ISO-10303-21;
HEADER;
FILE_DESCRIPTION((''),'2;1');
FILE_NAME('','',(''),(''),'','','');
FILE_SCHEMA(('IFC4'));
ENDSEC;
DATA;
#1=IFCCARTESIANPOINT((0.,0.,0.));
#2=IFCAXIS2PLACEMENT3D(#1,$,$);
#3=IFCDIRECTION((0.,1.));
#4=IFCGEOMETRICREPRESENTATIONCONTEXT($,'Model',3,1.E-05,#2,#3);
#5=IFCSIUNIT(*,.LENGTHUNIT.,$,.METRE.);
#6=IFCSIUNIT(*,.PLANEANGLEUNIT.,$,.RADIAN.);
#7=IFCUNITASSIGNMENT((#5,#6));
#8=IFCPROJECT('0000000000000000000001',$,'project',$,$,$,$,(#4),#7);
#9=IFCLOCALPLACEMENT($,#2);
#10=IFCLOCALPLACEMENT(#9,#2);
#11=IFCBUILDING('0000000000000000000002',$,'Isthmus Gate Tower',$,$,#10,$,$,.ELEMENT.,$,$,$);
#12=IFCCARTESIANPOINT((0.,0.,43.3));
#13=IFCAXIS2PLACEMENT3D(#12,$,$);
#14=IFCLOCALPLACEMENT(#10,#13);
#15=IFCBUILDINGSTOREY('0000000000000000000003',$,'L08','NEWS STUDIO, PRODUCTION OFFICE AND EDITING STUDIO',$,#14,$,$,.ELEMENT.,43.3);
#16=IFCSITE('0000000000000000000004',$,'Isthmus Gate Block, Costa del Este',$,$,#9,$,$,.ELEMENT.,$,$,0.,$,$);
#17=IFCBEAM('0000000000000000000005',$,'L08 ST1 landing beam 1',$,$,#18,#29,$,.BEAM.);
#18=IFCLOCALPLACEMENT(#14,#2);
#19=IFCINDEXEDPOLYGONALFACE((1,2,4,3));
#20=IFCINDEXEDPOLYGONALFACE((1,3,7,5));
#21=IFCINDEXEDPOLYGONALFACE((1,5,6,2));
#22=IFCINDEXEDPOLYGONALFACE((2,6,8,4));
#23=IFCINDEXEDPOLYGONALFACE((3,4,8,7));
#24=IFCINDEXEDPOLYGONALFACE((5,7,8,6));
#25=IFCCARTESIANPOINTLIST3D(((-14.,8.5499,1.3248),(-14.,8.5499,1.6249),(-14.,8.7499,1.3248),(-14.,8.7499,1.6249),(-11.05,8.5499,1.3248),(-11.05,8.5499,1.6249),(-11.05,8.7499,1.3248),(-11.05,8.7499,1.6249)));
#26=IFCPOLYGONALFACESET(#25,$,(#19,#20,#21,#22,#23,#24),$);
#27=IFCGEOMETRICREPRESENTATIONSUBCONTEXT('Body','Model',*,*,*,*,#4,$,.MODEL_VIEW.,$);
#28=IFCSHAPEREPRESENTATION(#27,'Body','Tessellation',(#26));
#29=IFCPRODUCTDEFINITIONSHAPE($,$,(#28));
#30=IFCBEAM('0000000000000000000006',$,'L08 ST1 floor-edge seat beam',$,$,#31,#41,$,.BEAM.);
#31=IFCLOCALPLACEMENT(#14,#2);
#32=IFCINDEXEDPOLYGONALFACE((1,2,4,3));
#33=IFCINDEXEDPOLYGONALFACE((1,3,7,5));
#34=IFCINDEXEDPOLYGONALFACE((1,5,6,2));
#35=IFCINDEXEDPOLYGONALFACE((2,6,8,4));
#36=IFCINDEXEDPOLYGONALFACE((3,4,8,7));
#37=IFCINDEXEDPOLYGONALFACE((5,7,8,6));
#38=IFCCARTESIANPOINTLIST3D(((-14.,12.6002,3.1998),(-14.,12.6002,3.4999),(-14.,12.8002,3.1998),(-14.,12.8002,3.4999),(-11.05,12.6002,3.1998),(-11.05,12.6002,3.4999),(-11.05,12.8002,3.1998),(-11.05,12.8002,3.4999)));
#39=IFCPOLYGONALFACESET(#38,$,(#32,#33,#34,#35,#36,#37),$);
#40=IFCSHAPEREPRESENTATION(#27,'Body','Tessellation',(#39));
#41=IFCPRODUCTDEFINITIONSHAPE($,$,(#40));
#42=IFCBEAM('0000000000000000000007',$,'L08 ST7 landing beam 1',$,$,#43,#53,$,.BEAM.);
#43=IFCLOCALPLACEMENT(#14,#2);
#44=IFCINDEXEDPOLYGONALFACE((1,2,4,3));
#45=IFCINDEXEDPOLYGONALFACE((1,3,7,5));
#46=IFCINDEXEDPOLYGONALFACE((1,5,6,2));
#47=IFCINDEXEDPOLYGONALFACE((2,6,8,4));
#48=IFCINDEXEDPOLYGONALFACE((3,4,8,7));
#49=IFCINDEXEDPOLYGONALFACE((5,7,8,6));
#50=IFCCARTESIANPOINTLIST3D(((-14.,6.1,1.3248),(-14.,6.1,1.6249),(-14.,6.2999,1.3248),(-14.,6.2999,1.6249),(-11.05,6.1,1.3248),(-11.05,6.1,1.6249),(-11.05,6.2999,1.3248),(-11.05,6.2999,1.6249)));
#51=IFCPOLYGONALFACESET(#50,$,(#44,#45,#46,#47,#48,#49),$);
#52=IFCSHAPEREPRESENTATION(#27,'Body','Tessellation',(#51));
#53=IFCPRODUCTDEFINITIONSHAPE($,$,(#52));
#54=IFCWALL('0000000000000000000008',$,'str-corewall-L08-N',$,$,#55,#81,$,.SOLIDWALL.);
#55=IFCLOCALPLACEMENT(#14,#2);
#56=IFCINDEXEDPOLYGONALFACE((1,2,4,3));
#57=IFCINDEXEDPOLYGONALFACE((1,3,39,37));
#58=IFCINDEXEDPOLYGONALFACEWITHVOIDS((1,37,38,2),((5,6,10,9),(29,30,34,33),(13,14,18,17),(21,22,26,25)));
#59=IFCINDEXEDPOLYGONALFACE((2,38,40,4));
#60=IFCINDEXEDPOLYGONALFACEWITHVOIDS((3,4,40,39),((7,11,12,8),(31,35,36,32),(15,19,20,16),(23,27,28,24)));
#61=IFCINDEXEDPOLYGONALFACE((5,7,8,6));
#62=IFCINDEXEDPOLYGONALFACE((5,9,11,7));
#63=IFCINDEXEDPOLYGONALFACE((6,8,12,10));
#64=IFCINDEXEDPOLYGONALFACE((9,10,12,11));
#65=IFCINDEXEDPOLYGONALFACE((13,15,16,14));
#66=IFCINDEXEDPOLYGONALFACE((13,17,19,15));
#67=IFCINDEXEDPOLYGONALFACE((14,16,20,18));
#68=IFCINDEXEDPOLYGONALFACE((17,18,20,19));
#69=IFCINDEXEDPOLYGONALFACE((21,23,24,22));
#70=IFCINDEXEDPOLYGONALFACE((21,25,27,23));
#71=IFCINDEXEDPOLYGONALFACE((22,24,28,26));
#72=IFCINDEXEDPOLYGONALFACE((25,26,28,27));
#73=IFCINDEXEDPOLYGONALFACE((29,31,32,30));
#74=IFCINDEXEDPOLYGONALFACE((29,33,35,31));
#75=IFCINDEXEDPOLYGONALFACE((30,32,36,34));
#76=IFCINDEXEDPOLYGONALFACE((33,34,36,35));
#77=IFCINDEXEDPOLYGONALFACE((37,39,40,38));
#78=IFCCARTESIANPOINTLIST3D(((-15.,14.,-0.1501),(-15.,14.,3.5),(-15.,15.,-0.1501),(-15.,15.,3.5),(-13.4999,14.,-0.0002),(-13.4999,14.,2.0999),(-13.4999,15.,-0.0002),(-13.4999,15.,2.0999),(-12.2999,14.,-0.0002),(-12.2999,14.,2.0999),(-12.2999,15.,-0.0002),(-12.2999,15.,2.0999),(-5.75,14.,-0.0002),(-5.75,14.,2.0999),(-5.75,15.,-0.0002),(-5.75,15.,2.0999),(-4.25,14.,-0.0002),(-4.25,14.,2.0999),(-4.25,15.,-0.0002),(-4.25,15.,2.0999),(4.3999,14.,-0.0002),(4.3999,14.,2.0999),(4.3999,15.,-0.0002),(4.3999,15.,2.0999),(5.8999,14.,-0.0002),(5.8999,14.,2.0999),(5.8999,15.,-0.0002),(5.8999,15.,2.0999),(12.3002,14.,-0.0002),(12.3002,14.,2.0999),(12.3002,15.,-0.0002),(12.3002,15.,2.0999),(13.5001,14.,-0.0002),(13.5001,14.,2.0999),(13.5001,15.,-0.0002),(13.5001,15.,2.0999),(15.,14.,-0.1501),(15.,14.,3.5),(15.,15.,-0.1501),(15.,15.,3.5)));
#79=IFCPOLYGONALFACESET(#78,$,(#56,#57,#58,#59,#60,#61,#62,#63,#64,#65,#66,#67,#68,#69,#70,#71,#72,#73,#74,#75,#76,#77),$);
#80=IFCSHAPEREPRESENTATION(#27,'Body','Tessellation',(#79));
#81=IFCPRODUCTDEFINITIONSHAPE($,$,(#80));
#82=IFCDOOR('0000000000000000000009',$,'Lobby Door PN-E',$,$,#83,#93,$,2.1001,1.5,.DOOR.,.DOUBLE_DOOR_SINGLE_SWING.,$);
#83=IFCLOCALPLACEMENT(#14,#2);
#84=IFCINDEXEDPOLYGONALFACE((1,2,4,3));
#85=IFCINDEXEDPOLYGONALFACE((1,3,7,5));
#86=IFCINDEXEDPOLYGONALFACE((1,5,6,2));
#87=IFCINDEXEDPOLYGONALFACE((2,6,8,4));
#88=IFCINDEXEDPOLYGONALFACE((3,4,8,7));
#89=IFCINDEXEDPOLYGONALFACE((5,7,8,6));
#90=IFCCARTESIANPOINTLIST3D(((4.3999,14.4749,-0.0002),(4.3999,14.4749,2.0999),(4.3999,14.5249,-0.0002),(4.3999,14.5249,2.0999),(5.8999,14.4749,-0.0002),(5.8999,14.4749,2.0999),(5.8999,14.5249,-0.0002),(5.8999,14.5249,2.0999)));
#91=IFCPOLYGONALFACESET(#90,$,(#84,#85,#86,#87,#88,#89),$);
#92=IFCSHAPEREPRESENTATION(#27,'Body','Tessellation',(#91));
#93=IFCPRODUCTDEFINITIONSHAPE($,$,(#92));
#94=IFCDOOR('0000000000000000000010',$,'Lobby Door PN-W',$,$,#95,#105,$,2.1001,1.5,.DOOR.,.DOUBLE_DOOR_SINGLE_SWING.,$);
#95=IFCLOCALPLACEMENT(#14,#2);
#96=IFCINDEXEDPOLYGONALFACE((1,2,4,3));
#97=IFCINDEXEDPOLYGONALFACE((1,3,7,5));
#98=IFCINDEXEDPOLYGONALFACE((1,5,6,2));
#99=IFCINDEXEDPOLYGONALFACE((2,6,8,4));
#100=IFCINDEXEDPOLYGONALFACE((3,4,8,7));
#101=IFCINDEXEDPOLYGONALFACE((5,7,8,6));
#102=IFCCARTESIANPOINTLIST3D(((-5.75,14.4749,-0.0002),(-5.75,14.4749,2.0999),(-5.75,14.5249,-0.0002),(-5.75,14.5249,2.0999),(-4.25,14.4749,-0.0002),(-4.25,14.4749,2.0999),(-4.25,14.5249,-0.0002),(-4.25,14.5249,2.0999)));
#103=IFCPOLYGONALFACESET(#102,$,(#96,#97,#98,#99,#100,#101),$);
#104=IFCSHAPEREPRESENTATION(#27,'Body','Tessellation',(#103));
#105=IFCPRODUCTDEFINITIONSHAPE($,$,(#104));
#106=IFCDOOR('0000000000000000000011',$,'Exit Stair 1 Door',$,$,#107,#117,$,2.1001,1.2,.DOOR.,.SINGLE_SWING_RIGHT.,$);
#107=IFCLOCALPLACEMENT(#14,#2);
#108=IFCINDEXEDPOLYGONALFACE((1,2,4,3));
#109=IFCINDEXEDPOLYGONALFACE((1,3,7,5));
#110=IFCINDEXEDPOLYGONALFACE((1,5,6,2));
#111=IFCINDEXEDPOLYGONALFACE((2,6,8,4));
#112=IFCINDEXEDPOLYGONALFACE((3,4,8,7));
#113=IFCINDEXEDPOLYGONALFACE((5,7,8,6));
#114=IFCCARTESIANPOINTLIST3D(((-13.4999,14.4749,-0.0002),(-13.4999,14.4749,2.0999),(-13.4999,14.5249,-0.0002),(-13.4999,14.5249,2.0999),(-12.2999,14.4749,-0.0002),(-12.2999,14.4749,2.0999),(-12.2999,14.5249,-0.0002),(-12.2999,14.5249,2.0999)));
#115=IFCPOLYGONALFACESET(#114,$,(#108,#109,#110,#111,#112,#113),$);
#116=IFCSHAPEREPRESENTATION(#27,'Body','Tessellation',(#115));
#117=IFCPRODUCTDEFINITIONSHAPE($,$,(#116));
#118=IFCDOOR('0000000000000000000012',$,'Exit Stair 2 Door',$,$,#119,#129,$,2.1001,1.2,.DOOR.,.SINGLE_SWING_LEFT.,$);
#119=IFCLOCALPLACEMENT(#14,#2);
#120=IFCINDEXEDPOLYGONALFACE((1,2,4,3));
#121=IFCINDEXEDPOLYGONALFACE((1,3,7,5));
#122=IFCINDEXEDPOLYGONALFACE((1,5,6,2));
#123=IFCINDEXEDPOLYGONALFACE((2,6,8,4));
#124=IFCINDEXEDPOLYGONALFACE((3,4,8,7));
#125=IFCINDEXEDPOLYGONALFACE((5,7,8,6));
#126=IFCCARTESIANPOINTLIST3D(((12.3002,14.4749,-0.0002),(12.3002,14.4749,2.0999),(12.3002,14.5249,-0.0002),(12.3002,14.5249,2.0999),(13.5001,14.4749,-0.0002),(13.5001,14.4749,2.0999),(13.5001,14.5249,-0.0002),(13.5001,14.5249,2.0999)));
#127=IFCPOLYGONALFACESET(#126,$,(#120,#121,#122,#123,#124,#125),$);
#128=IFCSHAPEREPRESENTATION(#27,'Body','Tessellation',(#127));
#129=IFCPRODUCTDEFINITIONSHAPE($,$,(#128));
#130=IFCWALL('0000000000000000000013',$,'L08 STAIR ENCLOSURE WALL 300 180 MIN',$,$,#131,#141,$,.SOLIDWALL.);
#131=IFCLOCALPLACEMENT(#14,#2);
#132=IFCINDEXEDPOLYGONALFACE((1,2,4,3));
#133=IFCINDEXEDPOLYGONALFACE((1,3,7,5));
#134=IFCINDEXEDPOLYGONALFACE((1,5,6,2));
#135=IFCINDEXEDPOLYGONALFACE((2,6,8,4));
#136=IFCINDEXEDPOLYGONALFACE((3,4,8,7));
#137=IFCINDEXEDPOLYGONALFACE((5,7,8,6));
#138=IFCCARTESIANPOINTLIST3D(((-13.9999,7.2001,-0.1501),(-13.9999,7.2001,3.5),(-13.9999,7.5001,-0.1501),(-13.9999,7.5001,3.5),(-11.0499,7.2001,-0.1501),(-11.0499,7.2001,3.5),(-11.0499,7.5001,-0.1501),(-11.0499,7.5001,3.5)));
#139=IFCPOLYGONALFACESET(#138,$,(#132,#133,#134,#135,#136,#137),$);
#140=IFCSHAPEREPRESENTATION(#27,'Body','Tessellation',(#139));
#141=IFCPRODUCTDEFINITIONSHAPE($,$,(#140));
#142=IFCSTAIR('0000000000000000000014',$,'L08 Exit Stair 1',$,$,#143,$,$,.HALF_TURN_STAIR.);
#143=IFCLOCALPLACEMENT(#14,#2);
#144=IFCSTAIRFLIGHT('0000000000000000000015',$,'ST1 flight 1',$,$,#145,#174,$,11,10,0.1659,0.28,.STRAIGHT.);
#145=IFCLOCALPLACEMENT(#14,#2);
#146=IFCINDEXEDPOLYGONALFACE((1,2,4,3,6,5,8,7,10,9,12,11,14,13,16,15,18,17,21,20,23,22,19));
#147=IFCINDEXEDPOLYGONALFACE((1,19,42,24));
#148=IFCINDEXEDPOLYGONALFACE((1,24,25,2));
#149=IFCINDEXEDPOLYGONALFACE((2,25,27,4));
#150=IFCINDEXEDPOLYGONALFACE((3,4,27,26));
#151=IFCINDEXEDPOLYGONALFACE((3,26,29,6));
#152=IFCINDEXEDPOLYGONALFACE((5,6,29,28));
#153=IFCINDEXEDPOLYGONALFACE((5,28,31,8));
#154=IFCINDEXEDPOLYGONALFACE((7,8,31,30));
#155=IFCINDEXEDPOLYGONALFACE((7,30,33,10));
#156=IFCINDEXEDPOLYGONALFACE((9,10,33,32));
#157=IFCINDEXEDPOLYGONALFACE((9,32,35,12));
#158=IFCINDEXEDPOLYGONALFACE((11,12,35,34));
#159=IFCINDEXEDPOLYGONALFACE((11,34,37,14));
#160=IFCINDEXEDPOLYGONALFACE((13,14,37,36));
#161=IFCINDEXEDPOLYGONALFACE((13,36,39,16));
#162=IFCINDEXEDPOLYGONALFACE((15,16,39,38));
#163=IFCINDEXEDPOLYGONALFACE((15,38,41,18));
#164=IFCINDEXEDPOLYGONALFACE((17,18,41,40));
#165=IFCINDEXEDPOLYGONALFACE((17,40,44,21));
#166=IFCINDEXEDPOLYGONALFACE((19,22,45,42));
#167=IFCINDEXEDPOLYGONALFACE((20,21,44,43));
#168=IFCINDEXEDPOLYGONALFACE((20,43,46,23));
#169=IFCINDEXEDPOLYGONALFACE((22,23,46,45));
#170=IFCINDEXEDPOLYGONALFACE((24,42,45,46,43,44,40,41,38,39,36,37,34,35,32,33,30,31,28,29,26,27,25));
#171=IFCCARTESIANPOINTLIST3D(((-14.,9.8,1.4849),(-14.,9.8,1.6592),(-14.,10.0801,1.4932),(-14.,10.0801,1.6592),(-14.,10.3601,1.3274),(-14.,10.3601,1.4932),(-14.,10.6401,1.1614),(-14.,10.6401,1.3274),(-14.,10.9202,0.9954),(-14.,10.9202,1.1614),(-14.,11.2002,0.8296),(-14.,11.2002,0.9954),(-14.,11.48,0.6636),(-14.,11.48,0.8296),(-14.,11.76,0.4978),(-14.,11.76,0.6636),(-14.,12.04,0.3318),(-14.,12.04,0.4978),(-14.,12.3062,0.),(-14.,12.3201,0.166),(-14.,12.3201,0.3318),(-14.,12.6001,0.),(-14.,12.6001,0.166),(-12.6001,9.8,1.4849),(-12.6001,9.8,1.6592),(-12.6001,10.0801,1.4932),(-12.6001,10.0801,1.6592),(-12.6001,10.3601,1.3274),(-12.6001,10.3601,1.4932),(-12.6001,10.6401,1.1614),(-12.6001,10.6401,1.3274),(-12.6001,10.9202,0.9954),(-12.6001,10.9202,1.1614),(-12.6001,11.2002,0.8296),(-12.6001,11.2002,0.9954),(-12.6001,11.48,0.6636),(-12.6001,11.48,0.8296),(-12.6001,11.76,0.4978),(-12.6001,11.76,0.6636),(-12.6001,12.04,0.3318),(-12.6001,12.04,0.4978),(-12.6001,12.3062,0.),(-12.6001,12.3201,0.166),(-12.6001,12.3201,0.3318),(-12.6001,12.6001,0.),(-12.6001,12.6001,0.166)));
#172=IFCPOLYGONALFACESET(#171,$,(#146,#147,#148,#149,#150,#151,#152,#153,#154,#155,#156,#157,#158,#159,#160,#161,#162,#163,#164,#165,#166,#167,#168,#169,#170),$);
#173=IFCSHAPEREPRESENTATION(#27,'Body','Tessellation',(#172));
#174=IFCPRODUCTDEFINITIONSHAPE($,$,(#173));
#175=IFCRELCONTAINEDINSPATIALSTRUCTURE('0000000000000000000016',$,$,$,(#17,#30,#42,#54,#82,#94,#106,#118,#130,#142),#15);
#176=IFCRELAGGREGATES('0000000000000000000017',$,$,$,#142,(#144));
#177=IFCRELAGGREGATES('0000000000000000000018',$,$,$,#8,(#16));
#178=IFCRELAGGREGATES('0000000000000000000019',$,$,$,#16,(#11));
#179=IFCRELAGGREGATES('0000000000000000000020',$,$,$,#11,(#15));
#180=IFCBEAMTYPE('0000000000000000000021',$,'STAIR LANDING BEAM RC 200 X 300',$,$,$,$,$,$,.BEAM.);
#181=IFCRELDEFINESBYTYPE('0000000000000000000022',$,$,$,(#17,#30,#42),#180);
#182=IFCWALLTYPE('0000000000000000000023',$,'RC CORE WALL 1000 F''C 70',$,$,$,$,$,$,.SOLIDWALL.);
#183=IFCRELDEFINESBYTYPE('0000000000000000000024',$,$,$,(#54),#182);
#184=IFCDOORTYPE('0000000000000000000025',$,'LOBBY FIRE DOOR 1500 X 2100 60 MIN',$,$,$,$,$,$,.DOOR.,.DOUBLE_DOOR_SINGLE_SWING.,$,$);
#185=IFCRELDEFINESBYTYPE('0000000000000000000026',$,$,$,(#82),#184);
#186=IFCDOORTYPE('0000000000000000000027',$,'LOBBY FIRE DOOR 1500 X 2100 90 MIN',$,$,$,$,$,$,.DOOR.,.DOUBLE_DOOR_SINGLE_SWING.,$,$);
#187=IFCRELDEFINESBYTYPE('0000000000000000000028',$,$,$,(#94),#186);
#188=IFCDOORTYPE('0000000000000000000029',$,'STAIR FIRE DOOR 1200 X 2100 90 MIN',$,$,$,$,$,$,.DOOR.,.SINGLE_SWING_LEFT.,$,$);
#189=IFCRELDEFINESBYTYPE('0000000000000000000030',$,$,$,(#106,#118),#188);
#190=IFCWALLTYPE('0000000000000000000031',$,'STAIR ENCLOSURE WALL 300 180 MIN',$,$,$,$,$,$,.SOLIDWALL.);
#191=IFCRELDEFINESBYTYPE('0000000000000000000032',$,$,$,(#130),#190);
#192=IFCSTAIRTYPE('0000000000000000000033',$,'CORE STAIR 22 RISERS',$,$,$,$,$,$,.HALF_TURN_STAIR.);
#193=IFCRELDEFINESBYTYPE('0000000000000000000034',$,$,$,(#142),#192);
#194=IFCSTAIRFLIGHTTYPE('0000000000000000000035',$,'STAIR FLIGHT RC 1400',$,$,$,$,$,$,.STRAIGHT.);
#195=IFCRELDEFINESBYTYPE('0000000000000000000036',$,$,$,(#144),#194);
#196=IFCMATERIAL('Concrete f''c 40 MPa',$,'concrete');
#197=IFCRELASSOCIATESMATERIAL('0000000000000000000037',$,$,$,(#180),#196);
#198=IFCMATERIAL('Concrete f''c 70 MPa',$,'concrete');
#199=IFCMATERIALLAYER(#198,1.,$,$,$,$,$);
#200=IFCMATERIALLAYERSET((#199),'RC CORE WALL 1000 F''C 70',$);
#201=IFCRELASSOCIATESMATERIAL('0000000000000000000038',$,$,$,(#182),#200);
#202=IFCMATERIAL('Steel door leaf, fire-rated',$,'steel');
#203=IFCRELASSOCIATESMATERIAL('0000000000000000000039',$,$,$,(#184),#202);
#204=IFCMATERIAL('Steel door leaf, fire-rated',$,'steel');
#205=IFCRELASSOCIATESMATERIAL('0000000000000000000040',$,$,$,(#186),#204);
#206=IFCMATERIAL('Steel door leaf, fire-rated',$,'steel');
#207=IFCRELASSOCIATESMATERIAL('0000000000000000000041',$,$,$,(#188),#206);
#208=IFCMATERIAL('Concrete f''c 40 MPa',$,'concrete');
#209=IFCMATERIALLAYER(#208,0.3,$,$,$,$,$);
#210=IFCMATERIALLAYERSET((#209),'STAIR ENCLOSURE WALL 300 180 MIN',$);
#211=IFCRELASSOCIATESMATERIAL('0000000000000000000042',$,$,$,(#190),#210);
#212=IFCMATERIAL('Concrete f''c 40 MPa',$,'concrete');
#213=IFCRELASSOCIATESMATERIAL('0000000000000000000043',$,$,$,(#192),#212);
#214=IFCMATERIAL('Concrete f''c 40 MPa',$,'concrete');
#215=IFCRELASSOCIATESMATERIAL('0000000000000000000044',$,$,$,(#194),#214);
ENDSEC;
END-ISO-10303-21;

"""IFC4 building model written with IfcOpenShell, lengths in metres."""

from ifc_helpers import new_model, si_unit, direction, frame, frame_2d, origin, origin_2d, place, context, subcontext, project, spatial, polyline, rectangle, outline, extrude, material, layer, layer_set, material_profile, profile_set, type_object, element, fill, aggregate, save


model = new_model("IFC4")

# Units and contexts
model_context = context("Model", 3, precision=1e-05, world=origin(), true_north=direction((0.0, 1.0)))
body_context = subcontext(model_context, "Body", "Model", "MODEL_VIEW")
ifc_project = project(units=[si_unit("LENGTHUNIT", "METRE"), si_unit("PLANEANGLEUNIT", "RADIAN")], contexts=[model_context])

# Site, building, storey
site_placement = place(None, origin())
site = spatial("IfcSite", under=ifc_project, at=site_placement, Name="Isthmus Gate Block, Costa del Este", CompositionType="ELEMENT", RefElevation=0.0)
building_placement = place(site_placement, origin())
building = spatial("IfcBuilding", under=site, at=building_placement, Name="Isthmus Gate Tower", CompositionType="ELEMENT")
storey_placement = place(building_placement, frame((0.0, 0.0, 43.3)))
storey = spatial("IfcBuildingStorey", under=building, at=storey_placement, Name="L08", Description="NEWS STUDIO, PRODUCTION OFFICE AND EDITING STUDIO", CompositionType="ELEMENT", Elevation=43.3)

# Beams
ifc_material_1 = material(Name="Concrete f'c 40 MPa", Category="concrete")
ifc_material_profile = material_profile(ifc_material_1, rectangle(XDim=0.2, YDim=0.3, at=origin_2d()), Name="STAIR LANDING BEAM RC 200 X 300")
ifc_profile_set = profile_set([ifc_material_profile], Name="Concrete f'c 40 MPa")
beam_type = type_object("IfcBeamType", Name="STAIR LANDING BEAM RC 200 X 300", PredefinedType="BEAM", material=ifc_profile_set)
for number, where, z_axis, x_axis, name in (
    (1, (-14.0, 8.6499, 1.4749), (1.0, 0.0, 0.0), (0.0, 1.0, 0.0), "L08 ST1 landing beam 1"),
    (2, (-14.0, 12.7002, 3.3499), (1.0, 0.0, 0.0), (0.0, 1.0, 0.0), "L08 ST1 floor-edge seat beam"),
    (3, (-14.0, 6.2, 1.4749), (1.0, 0.0, 0.0), (0.0, 1.0, 0.0), "L08 ST7 landing beam 1"),
):
    element("IfcBeam", number, at=place(storey_placement, frame(where, z_axis=z_axis, x_axis=x_axis)), inside=storey, type_object=beam_type, Name=name, PredefinedType="BEAM", context=body_context, shape_type="SweptSolid", body=[
        extrude(rectangle(XDim=0.2, YDim=0.3, at=origin_2d()), origin(), (0.0, 0.0, 1.0), 2.95),
    ])

# Wall, openings, doors
ifc_material_2 = material(Name="Concrete f'c 70 MPa", Category="concrete")
ifc_layer_1 = layer(ifc_material_2, 1.0)
ifc_layer_set_1 = layer_set([ifc_layer_1], Name="RC CORE WALL 1000 F'C 70")
wall_type_1 = type_object("IfcWallType", Name="RC CORE WALL 1000 F'C 70", PredefinedType="SOLIDWALL", material=ifc_layer_set_1)
wall_1_placement = place(storey_placement, frame((-15.0, 14.5, -0.1501), z_axis=(0.0, 0.0, 1.0), x_axis=(1.0, 0.0, 0.0)))
wall_1 = element("IfcWall", 4, at=wall_1_placement, inside=storey, type_object=wall_type_1, Name="str-corewall-L08-N", PredefinedType="SOLIDWALL", context=body_context, shape_type="SweptSolid", body=[
    extrude(rectangle(XDim=30.0, YDim=1.0, at=frame_2d((15.0, 0.0))), origin(), (0.0, 0.0, 1.0), 3.6501),
])
opening_1_placement = place(wall_1_placement, frame((9.25, 0.0, 0.1499)))
opening_1 = element("IfcOpeningElement", 5, at=opening_1_placement, cuts=wall_1, PredefinedType="OPENING", context=body_context, shape_type="SweptSolid", body=[
    extrude(rectangle(XDim=1.5, YDim=2.1001, at=frame_2d((0.75, 1.05))), frame((0.0, 0.51, 0.0), z_axis=(0.0, -1.0, 0.0), x_axis=(1.0, 0.0, 0.0)), (0.0, 0.0, 1.0), 1.02),
])
opening_2_placement = place(wall_1_placement, frame((19.3999, 0.0, 0.1499)))
opening_2 = element("IfcOpeningElement", 6, at=opening_2_placement, cuts=wall_1, PredefinedType="OPENING", context=body_context, shape_type="SweptSolid", body=[
    extrude(rectangle(XDim=1.5, YDim=2.1001, at=frame_2d((0.75, 1.05))), frame((0.0, 0.51, 0.0), z_axis=(0.0, -1.0, 0.0), x_axis=(1.0, 0.0, 0.0)), (0.0, 0.0, 1.0), 1.02),
])
opening_3_placement = place(wall_1_placement, frame((1.5, 0.0, 0.1499)))
opening_3 = element("IfcOpeningElement", 7, at=opening_3_placement, cuts=wall_1, PredefinedType="OPENING", context=body_context, shape_type="SweptSolid", body=[
    extrude(rectangle(XDim=1.2, YDim=2.1001, at=frame_2d((0.6001, 1.05))), frame((0.0, 0.51, 0.0), z_axis=(0.0, -1.0, 0.0), x_axis=(1.0, 0.0, 0.0)), (0.0, 0.0, 1.0), 1.02),
])
opening_4_placement = place(wall_1_placement, frame((27.3, 0.0, 0.1499)))
opening_4 = element("IfcOpeningElement", 8, at=opening_4_placement, cuts=wall_1, PredefinedType="OPENING", context=body_context, shape_type="SweptSolid", body=[
    extrude(rectangle(XDim=1.2, YDim=2.1001, at=frame_2d((0.6001, 1.05))), frame((0.0, 0.51, 0.0), z_axis=(0.0, -1.0, 0.0), x_axis=(1.0, 0.0, 0.0)), (0.0, 0.0, 1.0), 1.02),
])
ifc_material_3 = material(Name="Steel door leaf, fire-rated", Category="steel")
door_type_1 = type_object("IfcDoorType", Name="LOBBY FIRE DOOR 1500 X 2100 60 MIN", OperationType="DOUBLE_DOOR_SINGLE_SWING", PredefinedType="DOOR", material=ifc_material_3)
door_1_placement = place(opening_2_placement, origin())
door_1 = element("IfcDoor", 9, at=door_1_placement, inside=storey, type_object=door_type_1, Name="Lobby Door PN-E", OperationType="DOUBLE_DOOR_SINGLE_SWING", OverallHeight=2.1001, OverallWidth=1.5, PredefinedType="DOOR", context=body_context, shape_type="SweptSolid", body=[
    extrude(rectangle(XDim=1.5, YDim=2.1001, at=frame_2d((0.75, 1.05))), frame((0.0, 0.0249, 0.0), z_axis=(0.0, -1.0, 0.0), x_axis=(1.0, 0.0, 0.0)), (0.0, 0.0, 1.0), 0.05),
])
fill(opening_2, door_1)
ifc_material_4 = material(Name="Steel door leaf, fire-rated", Category="steel")
door_type_2 = type_object("IfcDoorType", Name="LOBBY FIRE DOOR 1500 X 2100 90 MIN", OperationType="DOUBLE_DOOR_SINGLE_SWING", PredefinedType="DOOR", material=ifc_material_4)
door_2_placement = place(opening_1_placement, origin())
door_2 = element("IfcDoor", 10, at=door_2_placement, inside=storey, type_object=door_type_2, Name="Lobby Door PN-W", OperationType="DOUBLE_DOOR_SINGLE_SWING", OverallHeight=2.1001, OverallWidth=1.5, PredefinedType="DOOR", context=body_context, shape_type="SweptSolid", body=[
    extrude(rectangle(XDim=1.5, YDim=2.1001, at=frame_2d((0.75, 1.05))), frame((0.0, 0.0249, 0.0), z_axis=(0.0, -1.0, 0.0), x_axis=(1.0, 0.0, 0.0)), (0.0, 0.0, 1.0), 0.05),
])
fill(opening_1, door_2)
ifc_material_5 = material(Name="Steel door leaf, fire-rated", Category="steel")
door_type_3 = type_object("IfcDoorType", Name="STAIR FIRE DOOR 1200 X 2100 90 MIN", OperationType="SINGLE_SWING_LEFT", PredefinedType="DOOR", material=ifc_material_5)
door_3_placement = place(opening_3_placement, origin())
door_3 = element("IfcDoor", 11, at=door_3_placement, inside=storey, type_object=door_type_3, Name="Exit Stair 1 Door", OperationType="SINGLE_SWING_RIGHT", OverallHeight=2.1001, OverallWidth=1.2, PredefinedType="DOOR", context=body_context, shape_type="SweptSolid", body=[
    extrude(rectangle(XDim=1.2, YDim=2.1001, at=frame_2d((0.6001, 1.05))), frame((0.0, 0.0249, 0.0), z_axis=(0.0, -1.0, 0.0), x_axis=(1.0, 0.0, 0.0)), (0.0, 0.0, 1.0), 0.05),
])
fill(opening_3, door_3)
door_4_placement = place(opening_4_placement, origin())
door_4 = element("IfcDoor", 12, at=door_4_placement, inside=storey, type_object=door_type_3, Name="Exit Stair 2 Door", OperationType="SINGLE_SWING_LEFT", OverallHeight=2.1001, OverallWidth=1.2, PredefinedType="DOOR", context=body_context, shape_type="SweptSolid", body=[
    extrude(rectangle(XDim=1.2, YDim=2.1001, at=frame_2d((0.6001, 1.05))), frame((0.0, 0.0249, 0.0), z_axis=(0.0, -1.0, 0.0), x_axis=(1.0, 0.0, 0.0)), (0.0, 0.0, 1.0), 0.05),
])
fill(opening_4, door_4)

# Wall
ifc_material_6 = material(Name="Concrete f'c 40 MPa", Category="concrete")
ifc_layer_2 = layer(ifc_material_6, 0.3)
ifc_layer_set_2 = layer_set([ifc_layer_2], Name="STAIR ENCLOSURE WALL 300 180 MIN")
wall_type_2 = type_object("IfcWallType", Name="STAIR ENCLOSURE WALL 300 180 MIN", PredefinedType="SOLIDWALL", material=ifc_layer_set_2)
wall_2_placement = place(storey_placement, frame((-14.0, 7.3501, -0.1501), z_axis=(0.0, 0.0, 1.0), x_axis=(1.0, 0.0, 0.0)))
element("IfcWall", 13, at=wall_2_placement, inside=storey, type_object=wall_type_2, Name="L08 STAIR ENCLOSURE WALL 300 180 MIN", PredefinedType="SOLIDWALL", context=body_context, shape_type="SweptSolid", body=[
    extrude(rectangle(XDim=2.95, YDim=0.3, at=frame_2d((1.4751, 0.0))), origin(), (0.0, 0.0, 1.0), 3.6501),
])

# Stair, stair flight
ifc_material_7 = material(Name="Concrete f'c 40 MPa", Category="concrete")
stair_type = type_object("IfcStairType", Name="CORE STAIR 22 RISERS", PredefinedType="HALF_TURN_STAIR", material=ifc_material_7)
stair_1_placement = place(storey_placement, origin())
stair_1 = element("IfcStair", 14, at=stair_1_placement, inside=storey, type_object=stair_type, Name="L08 Exit Stair 1", PredefinedType="HALF_TURN_STAIR")
ifc_material_8 = material(Name="Concrete f'c 40 MPa", Category="concrete")
stair_flight_type = type_object("IfcStairFlightType", Name="STAIR FLIGHT RC 1400", PredefinedType="STRAIGHT", material=ifc_material_8)
stair_flight_1_placement = place(storey_placement, frame((-13.3, 12.6001, 0.0), z_axis=(0.0, 0.0, 1.0), x_axis=(0.0, -1.0, 0.0)))
stair_flight_1 = element("IfcStairFlight", 15, at=stair_flight_1_placement, type_object=stair_flight_type, Name="ST1 flight 1", NumberOfRisers=11, NumberOfTreads=10, PredefinedType="STRAIGHT", RiserHeight=0.1659, TreadLength=0.28, context=body_context, shape_type="SweptSolid", body=[
    extrude(outline(polyline([(0.0, 0.0), (0.0, 0.166), (0.28, 0.166), (0.28, 0.3318), (0.5601, 0.3318), (0.5601, 0.4978), (0.8401, 0.4978), (0.8401, 0.6636), (1.1201, 0.6636), (1.1201, 0.8296), (1.3999, 0.8296), (1.3999, 0.9954), (1.6799, 0.9954), (1.6799, 1.1614), (1.96, 1.1614), (1.96, 1.3274), (2.24, 1.3274), (2.24, 1.4932), (2.52, 1.4932), (2.52, 1.6592), (2.8, 1.6592), (2.8, 1.825), (2.8, 1.4849), (0.2939, 0.0), (0.0, 0.0)])), frame((0.0, 0.7, 0.0), z_axis=(0.0, -1.0, 0.0), x_axis=(1.0, 0.0, 0.0)), (0.0, 0.0, 1.0), 1.3999),
])
aggregate(stair_1, [stair_flight_1])

save(model, "model.ifc")
